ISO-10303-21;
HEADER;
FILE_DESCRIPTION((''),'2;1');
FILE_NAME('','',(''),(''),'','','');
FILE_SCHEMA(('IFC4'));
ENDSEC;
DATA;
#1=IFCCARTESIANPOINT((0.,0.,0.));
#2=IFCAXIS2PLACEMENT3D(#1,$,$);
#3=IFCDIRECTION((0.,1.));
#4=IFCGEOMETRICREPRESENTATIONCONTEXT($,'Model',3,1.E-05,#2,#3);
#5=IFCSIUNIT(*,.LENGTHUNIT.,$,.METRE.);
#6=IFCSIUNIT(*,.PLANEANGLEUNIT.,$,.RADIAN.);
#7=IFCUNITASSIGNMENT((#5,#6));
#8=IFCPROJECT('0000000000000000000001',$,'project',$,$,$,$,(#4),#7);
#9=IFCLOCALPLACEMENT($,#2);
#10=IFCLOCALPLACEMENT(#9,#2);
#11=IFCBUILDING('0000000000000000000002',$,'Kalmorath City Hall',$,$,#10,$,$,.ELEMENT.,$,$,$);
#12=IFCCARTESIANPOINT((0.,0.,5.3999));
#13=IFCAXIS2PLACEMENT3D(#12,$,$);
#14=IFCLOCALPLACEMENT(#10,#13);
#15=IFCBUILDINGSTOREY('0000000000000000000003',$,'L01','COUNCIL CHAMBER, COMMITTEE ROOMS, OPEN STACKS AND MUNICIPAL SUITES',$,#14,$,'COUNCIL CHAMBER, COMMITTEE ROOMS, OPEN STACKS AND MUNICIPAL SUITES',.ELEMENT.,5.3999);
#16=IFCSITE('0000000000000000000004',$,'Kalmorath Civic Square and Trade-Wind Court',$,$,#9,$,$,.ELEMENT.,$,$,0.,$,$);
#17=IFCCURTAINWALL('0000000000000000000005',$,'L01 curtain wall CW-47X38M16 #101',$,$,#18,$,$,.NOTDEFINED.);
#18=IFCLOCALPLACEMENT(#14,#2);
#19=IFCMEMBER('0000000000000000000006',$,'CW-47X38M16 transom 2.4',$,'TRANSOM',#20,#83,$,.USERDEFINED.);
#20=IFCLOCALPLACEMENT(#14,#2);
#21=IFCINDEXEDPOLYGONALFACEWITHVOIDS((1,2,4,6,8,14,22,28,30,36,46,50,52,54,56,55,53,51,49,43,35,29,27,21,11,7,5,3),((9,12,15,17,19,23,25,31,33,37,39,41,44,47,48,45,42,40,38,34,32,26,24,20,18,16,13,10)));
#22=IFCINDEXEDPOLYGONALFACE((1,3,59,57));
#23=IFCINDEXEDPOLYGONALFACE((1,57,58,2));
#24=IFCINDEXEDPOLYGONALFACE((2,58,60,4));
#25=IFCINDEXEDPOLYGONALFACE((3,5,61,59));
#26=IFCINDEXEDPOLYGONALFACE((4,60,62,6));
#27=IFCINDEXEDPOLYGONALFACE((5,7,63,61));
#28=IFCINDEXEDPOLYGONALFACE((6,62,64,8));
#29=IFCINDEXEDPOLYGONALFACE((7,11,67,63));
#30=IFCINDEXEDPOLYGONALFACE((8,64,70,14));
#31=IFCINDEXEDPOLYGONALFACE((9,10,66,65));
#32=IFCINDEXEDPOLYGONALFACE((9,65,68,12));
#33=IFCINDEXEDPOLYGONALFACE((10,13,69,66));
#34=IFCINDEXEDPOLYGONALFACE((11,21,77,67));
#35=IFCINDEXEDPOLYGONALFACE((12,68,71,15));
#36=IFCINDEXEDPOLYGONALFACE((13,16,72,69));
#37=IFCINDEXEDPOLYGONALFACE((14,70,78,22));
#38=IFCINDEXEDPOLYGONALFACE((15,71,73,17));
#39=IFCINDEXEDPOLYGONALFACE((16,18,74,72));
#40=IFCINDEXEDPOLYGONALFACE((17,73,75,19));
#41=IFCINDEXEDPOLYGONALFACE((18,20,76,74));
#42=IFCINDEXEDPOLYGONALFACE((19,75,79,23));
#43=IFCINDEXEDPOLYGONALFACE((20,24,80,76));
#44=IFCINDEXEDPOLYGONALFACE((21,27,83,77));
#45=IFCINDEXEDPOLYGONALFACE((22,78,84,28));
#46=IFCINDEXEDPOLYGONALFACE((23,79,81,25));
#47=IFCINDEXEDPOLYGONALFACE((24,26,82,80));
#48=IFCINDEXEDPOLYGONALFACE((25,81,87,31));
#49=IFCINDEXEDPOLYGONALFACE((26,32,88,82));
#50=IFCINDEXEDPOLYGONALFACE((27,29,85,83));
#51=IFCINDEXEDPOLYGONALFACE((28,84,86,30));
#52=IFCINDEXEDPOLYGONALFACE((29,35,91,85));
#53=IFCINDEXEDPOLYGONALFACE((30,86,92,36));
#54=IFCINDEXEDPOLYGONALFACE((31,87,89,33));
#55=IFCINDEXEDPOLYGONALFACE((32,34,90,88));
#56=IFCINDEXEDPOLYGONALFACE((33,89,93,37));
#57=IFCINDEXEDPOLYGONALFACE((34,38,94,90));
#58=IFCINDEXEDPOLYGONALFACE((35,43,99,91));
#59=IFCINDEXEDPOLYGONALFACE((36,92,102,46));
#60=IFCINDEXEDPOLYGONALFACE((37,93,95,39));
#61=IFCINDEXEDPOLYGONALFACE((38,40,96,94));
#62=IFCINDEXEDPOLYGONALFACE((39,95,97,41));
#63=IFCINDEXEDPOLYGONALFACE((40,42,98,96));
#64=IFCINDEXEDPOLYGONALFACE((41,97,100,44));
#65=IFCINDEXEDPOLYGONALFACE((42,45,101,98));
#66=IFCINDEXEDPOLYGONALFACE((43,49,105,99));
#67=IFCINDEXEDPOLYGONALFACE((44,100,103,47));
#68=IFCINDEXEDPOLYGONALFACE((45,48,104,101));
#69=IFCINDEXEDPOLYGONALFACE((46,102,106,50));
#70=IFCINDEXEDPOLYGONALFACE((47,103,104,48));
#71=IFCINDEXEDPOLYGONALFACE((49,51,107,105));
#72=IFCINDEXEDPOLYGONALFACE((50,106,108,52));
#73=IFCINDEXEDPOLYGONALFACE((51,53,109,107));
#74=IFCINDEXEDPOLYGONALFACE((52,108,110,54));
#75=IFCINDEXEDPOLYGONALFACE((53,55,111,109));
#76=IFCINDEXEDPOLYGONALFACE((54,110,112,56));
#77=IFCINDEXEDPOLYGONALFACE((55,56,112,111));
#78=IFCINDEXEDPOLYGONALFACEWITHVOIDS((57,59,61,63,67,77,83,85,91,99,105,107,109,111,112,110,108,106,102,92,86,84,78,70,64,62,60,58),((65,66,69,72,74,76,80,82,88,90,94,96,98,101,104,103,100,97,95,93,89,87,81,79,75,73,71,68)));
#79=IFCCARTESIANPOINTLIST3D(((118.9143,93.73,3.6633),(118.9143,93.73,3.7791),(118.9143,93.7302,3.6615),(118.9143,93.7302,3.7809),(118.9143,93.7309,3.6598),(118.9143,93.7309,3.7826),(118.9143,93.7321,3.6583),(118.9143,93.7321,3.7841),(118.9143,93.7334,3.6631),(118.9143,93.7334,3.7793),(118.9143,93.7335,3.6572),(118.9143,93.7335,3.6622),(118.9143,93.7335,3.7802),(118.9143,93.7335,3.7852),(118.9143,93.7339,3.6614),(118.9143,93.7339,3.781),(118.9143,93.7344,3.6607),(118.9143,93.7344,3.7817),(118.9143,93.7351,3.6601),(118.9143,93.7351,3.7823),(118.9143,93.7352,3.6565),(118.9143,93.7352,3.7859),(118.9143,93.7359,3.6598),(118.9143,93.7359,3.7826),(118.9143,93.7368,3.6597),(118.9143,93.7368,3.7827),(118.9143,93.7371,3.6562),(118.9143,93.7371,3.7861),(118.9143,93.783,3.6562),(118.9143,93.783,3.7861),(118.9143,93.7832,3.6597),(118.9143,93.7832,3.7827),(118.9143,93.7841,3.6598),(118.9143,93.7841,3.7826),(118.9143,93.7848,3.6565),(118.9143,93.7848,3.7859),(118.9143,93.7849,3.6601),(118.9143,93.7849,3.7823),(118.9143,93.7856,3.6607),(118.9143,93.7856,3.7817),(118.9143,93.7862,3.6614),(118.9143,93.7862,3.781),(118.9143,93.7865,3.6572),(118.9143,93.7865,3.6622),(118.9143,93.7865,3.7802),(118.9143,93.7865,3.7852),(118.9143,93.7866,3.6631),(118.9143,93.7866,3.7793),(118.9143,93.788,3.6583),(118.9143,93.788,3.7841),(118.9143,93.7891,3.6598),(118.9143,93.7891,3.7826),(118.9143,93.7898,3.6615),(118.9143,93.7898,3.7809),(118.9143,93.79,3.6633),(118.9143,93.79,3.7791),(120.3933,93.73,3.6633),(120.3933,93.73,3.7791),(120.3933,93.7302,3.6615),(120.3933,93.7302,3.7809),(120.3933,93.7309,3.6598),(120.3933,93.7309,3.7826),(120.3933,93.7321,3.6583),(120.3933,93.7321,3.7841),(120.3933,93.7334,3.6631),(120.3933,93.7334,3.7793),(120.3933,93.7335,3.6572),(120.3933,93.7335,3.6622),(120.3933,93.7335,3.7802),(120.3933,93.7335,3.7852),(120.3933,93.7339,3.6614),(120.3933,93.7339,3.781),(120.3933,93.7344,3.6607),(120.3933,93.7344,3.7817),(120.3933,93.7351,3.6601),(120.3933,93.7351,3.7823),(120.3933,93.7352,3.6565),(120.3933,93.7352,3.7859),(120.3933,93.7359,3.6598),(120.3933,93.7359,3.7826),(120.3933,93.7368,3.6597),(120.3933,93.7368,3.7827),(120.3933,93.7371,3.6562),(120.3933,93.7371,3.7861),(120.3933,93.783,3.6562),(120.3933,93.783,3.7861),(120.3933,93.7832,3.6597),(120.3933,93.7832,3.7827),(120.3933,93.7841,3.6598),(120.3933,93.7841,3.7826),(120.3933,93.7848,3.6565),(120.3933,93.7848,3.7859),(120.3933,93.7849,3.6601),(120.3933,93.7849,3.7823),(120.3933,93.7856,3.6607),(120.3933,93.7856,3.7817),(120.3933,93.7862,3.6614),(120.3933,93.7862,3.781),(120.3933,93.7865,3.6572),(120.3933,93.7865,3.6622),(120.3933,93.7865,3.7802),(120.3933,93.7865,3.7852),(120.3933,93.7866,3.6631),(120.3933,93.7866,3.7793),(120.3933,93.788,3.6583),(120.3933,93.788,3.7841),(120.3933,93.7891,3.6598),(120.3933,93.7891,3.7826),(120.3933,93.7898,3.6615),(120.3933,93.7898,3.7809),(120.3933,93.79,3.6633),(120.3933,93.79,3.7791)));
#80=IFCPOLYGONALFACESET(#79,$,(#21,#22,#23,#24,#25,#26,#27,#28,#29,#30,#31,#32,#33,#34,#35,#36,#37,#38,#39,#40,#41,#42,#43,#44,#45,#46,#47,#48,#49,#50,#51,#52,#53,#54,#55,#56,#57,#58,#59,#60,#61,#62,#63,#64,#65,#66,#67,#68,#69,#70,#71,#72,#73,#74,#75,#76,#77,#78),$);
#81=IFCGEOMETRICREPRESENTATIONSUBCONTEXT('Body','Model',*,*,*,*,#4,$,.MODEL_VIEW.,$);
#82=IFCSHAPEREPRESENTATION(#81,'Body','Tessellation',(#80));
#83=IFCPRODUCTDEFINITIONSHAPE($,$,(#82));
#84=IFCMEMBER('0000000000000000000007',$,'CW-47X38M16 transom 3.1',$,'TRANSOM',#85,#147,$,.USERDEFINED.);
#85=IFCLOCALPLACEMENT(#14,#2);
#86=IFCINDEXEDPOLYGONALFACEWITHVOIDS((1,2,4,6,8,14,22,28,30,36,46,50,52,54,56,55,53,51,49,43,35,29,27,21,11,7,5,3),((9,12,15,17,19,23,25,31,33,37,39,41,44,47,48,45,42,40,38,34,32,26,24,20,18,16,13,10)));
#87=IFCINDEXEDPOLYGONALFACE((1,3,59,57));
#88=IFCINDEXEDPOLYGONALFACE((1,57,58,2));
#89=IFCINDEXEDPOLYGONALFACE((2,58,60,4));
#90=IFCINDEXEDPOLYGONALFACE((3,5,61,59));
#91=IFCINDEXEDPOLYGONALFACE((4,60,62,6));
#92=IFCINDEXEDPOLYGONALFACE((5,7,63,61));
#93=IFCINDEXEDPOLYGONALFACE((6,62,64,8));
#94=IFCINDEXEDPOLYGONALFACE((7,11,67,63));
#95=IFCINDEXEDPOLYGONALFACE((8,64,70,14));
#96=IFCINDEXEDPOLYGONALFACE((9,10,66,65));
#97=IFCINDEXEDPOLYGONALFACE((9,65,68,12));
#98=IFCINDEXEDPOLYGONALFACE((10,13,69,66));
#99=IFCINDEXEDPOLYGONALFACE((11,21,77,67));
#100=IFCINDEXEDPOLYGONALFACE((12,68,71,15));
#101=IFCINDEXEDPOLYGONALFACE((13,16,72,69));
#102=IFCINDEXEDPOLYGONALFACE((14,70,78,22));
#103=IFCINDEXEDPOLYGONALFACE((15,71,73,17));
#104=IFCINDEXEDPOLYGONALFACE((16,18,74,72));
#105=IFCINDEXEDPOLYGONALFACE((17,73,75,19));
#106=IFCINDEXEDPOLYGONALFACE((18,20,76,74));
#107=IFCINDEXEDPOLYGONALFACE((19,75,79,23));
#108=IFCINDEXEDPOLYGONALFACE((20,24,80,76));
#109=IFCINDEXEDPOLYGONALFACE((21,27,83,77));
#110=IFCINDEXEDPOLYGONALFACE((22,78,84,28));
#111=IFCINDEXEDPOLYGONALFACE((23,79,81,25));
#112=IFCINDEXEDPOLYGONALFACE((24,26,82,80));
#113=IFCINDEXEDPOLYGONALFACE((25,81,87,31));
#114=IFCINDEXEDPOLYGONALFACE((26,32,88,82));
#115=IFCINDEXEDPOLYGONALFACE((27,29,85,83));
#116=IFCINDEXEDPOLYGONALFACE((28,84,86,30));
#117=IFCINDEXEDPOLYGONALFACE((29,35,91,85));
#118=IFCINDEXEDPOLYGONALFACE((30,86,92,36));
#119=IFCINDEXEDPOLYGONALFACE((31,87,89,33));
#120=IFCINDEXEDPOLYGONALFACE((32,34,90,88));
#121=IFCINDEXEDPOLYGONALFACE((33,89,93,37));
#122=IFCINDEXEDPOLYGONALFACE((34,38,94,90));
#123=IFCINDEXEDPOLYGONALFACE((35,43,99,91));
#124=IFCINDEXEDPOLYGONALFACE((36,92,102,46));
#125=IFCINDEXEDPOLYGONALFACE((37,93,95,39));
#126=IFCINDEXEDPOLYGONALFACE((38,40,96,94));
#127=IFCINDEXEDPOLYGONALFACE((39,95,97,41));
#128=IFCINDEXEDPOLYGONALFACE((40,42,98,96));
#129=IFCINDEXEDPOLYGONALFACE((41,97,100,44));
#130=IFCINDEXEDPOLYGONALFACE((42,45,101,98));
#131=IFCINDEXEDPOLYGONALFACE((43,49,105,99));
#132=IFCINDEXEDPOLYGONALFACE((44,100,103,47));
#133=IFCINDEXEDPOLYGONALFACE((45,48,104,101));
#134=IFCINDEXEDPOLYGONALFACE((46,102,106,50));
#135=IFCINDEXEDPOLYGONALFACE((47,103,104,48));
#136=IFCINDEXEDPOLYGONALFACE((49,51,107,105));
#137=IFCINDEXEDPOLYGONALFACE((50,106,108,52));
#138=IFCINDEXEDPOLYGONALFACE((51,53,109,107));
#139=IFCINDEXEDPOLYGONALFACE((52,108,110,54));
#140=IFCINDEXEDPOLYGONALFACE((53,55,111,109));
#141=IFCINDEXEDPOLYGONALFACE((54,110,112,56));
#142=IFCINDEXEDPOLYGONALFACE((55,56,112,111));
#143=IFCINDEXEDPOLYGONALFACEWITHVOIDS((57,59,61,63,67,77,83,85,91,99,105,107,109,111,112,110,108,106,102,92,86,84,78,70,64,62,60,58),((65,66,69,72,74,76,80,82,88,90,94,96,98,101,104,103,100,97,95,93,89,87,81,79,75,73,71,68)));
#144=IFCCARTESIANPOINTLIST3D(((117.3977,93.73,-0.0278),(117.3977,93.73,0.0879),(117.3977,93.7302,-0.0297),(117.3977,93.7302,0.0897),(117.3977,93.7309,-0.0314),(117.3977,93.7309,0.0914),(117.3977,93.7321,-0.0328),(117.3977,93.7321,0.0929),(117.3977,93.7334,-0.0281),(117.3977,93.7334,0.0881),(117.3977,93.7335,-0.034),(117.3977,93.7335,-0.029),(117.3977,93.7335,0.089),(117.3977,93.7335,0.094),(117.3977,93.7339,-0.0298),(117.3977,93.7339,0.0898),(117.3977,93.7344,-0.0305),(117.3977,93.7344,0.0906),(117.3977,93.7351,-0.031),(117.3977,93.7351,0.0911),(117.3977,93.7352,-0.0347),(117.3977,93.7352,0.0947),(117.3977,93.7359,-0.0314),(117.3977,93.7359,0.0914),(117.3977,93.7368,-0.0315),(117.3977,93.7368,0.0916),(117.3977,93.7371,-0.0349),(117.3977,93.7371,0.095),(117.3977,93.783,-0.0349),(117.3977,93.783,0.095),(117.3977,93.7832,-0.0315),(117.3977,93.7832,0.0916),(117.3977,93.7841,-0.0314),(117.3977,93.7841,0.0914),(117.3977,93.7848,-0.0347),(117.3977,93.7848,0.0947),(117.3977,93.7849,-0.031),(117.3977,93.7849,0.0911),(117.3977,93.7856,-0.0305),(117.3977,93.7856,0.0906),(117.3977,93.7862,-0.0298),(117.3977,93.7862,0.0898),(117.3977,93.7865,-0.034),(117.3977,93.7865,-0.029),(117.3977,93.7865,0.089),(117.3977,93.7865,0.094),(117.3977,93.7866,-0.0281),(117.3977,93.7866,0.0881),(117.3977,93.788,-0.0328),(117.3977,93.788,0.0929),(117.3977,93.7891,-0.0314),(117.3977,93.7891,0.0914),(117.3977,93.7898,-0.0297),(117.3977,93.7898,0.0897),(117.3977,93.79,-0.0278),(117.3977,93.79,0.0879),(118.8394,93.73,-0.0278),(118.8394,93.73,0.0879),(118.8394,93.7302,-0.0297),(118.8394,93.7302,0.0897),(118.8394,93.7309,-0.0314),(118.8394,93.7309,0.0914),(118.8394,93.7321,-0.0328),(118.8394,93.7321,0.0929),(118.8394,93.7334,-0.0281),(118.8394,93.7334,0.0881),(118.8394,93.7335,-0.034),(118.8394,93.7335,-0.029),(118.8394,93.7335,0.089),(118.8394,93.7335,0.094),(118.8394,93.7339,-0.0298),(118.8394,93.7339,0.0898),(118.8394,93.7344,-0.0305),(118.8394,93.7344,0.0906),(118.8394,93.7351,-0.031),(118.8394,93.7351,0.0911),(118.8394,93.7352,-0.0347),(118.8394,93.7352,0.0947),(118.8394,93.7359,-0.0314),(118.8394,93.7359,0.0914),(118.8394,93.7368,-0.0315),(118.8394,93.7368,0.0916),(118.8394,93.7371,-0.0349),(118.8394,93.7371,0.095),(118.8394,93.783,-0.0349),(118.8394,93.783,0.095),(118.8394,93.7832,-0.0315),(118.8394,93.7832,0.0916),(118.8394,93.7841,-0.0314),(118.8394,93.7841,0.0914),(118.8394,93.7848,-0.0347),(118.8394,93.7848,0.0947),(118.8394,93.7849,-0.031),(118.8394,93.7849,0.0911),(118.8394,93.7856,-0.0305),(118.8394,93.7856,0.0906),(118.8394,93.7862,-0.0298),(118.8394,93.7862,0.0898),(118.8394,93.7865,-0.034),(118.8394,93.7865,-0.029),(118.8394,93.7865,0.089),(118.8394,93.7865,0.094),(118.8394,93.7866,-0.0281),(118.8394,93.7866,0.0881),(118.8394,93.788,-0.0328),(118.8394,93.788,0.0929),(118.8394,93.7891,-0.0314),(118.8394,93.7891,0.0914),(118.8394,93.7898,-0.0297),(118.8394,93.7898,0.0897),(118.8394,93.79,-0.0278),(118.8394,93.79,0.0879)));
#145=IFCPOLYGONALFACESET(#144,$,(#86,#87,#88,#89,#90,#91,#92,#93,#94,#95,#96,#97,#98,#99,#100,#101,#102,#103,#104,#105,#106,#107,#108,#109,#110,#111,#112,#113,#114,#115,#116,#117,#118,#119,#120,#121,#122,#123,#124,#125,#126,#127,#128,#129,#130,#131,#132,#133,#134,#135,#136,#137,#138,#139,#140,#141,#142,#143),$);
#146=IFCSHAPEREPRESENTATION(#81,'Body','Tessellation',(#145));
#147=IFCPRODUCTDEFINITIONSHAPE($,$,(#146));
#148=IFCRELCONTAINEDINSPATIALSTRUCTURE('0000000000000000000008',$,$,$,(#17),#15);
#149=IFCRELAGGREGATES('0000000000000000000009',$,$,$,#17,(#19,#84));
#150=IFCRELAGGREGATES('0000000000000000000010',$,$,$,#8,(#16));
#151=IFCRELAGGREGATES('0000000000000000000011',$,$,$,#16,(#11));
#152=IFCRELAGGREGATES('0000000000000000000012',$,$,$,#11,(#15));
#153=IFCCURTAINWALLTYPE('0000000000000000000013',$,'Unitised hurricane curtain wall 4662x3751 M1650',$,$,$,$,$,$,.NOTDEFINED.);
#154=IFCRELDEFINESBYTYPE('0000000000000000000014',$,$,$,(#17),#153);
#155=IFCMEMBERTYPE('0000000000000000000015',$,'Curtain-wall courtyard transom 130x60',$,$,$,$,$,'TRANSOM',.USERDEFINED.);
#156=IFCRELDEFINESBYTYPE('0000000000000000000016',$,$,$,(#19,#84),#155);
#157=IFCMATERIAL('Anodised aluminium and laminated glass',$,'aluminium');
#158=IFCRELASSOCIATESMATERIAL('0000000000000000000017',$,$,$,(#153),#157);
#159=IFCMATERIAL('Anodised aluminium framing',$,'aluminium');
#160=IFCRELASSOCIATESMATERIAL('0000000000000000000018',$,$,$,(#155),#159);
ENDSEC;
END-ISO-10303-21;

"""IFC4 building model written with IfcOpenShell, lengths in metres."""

from ifc_helpers import new_model, si_unit, direction, frame, origin, origin_2d, place, context, subcontext, project, spatial, hollow_rectangle, extrude, material, material_profile, profile_set, type_object, element, aggregate, save


model = new_model("IFC4")

# Units and contexts
model_context = context("Model", 3, precision=1e-05, world=origin(), true_north=direction((0.0, 1.0)))
body_context = subcontext(model_context, "Body", "Model", "MODEL_VIEW")
ifc_project = project(units=[si_unit("LENGTHUNIT", "METRE"), si_unit("PLANEANGLEUNIT", "RADIAN")], contexts=[model_context])

# Site, building, storey
site_placement = place(None, origin())
site = spatial("IfcSite", under=ifc_project, at=site_placement, Name="Kalmorath Civic Square and Trade-Wind Court", CompositionType="ELEMENT", RefElevation=0.0)
building_placement = place(site_placement, origin())
building = spatial("IfcBuilding", under=site, at=building_placement, Name="Kalmorath City Hall", CompositionType="ELEMENT")
storey_placement = place(building_placement, frame((0.0, 0.0, 5.3999)))
storey = spatial("IfcBuildingStorey", under=building, at=storey_placement, Name="L01", Description="COUNCIL CHAMBER, COMMITTEE ROOMS, OPEN STACKS AND MUNICIPAL SUITES", LongName="COUNCIL CHAMBER, COMMITTEE ROOMS, OPEN STACKS AND MUNICIPAL SUITES", CompositionType="ELEMENT", Elevation=5.3999)

# Curtain wall, members
ifc_material_1 = material(Name="Anodised aluminium and laminated glass", Category="aluminium")
curtain_wall_type = type_object("IfcCurtainWallType", Name="Unitised hurricane curtain wall 4662x3751 M1650", PredefinedType="NOTDEFINED", material=ifc_material_1)
curtain_wall_placement = place(storey_placement, origin())
curtain_wall = element("IfcCurtainWall", 1, at=curtain_wall_placement, inside=storey, type_object=curtain_wall_type, Name="L01 curtain wall CW-47X38M16 #101", PredefinedType="NOTDEFINED")
ifc_material_2 = material(Name="Anodised aluminium framing", Category="aluminium")
ifc_material_profile_1 = material_profile(ifc_material_2, hollow_rectangle(XDim=0.0601, YDim=0.1299, WallThickness=0.0034, InnerFilletRadius=0.0034, OuterFilletRadius=0.0071, at=origin_2d()), Name="ALU-TRN-130X60X3.5")
ifc_profile_set_1 = profile_set([ifc_material_profile_1], Name="Anodised aluminium framing")
member_type_1 = type_object("IfcMemberType", Name="Curtain-wall courtyard transom 130x60", ElementType="TRANSOM", PredefinedType="USERDEFINED", material=ifc_profile_set_1)
member_1_placement = place(storey_placement, frame((120.3933, 93.76, 3.7212), z_axis=(-1.0, 0.0, 0.0), x_axis=(0.0, -1.0, 0.0)))
member_1 = element("IfcMember", 2, at=member_1_placement, type_object=member_type_1, Name="CW-47X38M16 transom 2.4", ObjectType="TRANSOM", PredefinedType="USERDEFINED", context=body_context, shape_type="SweptSolid", body=[
    extrude(hollow_rectangle(XDim=0.0601, YDim=0.1299, WallThickness=0.0034, InnerFilletRadius=0.0034, OuterFilletRadius=0.0071, at=origin_2d()), origin(), (0.0, 0.0, 1.0), 1.479),
])
member_2_placement = place(storey_placement, frame((118.8394, 93.76, 0.03), z_axis=(-1.0, 0.0, 0.0), x_axis=(0.0, -1.0, 0.0)))
member_2 = element("IfcMember", 3, at=member_2_placement, type_object=member_type_1, Name="CW-47X38M16 transom 3.1", ObjectType="TRANSOM", PredefinedType="USERDEFINED", context=body_context, shape_type="SweptSolid", body=[
    extrude(hollow_rectangle(XDim=0.0601, YDim=0.1299, WallThickness=0.0034, InnerFilletRadius=0.0034, OuterFilletRadius=0.0071, at=origin_2d()), origin(), (0.0, 0.0, 1.0), 1.4417),
])
aggregate(curtain_wall, [member_1, member_2])

save(model, "model.ifc")
